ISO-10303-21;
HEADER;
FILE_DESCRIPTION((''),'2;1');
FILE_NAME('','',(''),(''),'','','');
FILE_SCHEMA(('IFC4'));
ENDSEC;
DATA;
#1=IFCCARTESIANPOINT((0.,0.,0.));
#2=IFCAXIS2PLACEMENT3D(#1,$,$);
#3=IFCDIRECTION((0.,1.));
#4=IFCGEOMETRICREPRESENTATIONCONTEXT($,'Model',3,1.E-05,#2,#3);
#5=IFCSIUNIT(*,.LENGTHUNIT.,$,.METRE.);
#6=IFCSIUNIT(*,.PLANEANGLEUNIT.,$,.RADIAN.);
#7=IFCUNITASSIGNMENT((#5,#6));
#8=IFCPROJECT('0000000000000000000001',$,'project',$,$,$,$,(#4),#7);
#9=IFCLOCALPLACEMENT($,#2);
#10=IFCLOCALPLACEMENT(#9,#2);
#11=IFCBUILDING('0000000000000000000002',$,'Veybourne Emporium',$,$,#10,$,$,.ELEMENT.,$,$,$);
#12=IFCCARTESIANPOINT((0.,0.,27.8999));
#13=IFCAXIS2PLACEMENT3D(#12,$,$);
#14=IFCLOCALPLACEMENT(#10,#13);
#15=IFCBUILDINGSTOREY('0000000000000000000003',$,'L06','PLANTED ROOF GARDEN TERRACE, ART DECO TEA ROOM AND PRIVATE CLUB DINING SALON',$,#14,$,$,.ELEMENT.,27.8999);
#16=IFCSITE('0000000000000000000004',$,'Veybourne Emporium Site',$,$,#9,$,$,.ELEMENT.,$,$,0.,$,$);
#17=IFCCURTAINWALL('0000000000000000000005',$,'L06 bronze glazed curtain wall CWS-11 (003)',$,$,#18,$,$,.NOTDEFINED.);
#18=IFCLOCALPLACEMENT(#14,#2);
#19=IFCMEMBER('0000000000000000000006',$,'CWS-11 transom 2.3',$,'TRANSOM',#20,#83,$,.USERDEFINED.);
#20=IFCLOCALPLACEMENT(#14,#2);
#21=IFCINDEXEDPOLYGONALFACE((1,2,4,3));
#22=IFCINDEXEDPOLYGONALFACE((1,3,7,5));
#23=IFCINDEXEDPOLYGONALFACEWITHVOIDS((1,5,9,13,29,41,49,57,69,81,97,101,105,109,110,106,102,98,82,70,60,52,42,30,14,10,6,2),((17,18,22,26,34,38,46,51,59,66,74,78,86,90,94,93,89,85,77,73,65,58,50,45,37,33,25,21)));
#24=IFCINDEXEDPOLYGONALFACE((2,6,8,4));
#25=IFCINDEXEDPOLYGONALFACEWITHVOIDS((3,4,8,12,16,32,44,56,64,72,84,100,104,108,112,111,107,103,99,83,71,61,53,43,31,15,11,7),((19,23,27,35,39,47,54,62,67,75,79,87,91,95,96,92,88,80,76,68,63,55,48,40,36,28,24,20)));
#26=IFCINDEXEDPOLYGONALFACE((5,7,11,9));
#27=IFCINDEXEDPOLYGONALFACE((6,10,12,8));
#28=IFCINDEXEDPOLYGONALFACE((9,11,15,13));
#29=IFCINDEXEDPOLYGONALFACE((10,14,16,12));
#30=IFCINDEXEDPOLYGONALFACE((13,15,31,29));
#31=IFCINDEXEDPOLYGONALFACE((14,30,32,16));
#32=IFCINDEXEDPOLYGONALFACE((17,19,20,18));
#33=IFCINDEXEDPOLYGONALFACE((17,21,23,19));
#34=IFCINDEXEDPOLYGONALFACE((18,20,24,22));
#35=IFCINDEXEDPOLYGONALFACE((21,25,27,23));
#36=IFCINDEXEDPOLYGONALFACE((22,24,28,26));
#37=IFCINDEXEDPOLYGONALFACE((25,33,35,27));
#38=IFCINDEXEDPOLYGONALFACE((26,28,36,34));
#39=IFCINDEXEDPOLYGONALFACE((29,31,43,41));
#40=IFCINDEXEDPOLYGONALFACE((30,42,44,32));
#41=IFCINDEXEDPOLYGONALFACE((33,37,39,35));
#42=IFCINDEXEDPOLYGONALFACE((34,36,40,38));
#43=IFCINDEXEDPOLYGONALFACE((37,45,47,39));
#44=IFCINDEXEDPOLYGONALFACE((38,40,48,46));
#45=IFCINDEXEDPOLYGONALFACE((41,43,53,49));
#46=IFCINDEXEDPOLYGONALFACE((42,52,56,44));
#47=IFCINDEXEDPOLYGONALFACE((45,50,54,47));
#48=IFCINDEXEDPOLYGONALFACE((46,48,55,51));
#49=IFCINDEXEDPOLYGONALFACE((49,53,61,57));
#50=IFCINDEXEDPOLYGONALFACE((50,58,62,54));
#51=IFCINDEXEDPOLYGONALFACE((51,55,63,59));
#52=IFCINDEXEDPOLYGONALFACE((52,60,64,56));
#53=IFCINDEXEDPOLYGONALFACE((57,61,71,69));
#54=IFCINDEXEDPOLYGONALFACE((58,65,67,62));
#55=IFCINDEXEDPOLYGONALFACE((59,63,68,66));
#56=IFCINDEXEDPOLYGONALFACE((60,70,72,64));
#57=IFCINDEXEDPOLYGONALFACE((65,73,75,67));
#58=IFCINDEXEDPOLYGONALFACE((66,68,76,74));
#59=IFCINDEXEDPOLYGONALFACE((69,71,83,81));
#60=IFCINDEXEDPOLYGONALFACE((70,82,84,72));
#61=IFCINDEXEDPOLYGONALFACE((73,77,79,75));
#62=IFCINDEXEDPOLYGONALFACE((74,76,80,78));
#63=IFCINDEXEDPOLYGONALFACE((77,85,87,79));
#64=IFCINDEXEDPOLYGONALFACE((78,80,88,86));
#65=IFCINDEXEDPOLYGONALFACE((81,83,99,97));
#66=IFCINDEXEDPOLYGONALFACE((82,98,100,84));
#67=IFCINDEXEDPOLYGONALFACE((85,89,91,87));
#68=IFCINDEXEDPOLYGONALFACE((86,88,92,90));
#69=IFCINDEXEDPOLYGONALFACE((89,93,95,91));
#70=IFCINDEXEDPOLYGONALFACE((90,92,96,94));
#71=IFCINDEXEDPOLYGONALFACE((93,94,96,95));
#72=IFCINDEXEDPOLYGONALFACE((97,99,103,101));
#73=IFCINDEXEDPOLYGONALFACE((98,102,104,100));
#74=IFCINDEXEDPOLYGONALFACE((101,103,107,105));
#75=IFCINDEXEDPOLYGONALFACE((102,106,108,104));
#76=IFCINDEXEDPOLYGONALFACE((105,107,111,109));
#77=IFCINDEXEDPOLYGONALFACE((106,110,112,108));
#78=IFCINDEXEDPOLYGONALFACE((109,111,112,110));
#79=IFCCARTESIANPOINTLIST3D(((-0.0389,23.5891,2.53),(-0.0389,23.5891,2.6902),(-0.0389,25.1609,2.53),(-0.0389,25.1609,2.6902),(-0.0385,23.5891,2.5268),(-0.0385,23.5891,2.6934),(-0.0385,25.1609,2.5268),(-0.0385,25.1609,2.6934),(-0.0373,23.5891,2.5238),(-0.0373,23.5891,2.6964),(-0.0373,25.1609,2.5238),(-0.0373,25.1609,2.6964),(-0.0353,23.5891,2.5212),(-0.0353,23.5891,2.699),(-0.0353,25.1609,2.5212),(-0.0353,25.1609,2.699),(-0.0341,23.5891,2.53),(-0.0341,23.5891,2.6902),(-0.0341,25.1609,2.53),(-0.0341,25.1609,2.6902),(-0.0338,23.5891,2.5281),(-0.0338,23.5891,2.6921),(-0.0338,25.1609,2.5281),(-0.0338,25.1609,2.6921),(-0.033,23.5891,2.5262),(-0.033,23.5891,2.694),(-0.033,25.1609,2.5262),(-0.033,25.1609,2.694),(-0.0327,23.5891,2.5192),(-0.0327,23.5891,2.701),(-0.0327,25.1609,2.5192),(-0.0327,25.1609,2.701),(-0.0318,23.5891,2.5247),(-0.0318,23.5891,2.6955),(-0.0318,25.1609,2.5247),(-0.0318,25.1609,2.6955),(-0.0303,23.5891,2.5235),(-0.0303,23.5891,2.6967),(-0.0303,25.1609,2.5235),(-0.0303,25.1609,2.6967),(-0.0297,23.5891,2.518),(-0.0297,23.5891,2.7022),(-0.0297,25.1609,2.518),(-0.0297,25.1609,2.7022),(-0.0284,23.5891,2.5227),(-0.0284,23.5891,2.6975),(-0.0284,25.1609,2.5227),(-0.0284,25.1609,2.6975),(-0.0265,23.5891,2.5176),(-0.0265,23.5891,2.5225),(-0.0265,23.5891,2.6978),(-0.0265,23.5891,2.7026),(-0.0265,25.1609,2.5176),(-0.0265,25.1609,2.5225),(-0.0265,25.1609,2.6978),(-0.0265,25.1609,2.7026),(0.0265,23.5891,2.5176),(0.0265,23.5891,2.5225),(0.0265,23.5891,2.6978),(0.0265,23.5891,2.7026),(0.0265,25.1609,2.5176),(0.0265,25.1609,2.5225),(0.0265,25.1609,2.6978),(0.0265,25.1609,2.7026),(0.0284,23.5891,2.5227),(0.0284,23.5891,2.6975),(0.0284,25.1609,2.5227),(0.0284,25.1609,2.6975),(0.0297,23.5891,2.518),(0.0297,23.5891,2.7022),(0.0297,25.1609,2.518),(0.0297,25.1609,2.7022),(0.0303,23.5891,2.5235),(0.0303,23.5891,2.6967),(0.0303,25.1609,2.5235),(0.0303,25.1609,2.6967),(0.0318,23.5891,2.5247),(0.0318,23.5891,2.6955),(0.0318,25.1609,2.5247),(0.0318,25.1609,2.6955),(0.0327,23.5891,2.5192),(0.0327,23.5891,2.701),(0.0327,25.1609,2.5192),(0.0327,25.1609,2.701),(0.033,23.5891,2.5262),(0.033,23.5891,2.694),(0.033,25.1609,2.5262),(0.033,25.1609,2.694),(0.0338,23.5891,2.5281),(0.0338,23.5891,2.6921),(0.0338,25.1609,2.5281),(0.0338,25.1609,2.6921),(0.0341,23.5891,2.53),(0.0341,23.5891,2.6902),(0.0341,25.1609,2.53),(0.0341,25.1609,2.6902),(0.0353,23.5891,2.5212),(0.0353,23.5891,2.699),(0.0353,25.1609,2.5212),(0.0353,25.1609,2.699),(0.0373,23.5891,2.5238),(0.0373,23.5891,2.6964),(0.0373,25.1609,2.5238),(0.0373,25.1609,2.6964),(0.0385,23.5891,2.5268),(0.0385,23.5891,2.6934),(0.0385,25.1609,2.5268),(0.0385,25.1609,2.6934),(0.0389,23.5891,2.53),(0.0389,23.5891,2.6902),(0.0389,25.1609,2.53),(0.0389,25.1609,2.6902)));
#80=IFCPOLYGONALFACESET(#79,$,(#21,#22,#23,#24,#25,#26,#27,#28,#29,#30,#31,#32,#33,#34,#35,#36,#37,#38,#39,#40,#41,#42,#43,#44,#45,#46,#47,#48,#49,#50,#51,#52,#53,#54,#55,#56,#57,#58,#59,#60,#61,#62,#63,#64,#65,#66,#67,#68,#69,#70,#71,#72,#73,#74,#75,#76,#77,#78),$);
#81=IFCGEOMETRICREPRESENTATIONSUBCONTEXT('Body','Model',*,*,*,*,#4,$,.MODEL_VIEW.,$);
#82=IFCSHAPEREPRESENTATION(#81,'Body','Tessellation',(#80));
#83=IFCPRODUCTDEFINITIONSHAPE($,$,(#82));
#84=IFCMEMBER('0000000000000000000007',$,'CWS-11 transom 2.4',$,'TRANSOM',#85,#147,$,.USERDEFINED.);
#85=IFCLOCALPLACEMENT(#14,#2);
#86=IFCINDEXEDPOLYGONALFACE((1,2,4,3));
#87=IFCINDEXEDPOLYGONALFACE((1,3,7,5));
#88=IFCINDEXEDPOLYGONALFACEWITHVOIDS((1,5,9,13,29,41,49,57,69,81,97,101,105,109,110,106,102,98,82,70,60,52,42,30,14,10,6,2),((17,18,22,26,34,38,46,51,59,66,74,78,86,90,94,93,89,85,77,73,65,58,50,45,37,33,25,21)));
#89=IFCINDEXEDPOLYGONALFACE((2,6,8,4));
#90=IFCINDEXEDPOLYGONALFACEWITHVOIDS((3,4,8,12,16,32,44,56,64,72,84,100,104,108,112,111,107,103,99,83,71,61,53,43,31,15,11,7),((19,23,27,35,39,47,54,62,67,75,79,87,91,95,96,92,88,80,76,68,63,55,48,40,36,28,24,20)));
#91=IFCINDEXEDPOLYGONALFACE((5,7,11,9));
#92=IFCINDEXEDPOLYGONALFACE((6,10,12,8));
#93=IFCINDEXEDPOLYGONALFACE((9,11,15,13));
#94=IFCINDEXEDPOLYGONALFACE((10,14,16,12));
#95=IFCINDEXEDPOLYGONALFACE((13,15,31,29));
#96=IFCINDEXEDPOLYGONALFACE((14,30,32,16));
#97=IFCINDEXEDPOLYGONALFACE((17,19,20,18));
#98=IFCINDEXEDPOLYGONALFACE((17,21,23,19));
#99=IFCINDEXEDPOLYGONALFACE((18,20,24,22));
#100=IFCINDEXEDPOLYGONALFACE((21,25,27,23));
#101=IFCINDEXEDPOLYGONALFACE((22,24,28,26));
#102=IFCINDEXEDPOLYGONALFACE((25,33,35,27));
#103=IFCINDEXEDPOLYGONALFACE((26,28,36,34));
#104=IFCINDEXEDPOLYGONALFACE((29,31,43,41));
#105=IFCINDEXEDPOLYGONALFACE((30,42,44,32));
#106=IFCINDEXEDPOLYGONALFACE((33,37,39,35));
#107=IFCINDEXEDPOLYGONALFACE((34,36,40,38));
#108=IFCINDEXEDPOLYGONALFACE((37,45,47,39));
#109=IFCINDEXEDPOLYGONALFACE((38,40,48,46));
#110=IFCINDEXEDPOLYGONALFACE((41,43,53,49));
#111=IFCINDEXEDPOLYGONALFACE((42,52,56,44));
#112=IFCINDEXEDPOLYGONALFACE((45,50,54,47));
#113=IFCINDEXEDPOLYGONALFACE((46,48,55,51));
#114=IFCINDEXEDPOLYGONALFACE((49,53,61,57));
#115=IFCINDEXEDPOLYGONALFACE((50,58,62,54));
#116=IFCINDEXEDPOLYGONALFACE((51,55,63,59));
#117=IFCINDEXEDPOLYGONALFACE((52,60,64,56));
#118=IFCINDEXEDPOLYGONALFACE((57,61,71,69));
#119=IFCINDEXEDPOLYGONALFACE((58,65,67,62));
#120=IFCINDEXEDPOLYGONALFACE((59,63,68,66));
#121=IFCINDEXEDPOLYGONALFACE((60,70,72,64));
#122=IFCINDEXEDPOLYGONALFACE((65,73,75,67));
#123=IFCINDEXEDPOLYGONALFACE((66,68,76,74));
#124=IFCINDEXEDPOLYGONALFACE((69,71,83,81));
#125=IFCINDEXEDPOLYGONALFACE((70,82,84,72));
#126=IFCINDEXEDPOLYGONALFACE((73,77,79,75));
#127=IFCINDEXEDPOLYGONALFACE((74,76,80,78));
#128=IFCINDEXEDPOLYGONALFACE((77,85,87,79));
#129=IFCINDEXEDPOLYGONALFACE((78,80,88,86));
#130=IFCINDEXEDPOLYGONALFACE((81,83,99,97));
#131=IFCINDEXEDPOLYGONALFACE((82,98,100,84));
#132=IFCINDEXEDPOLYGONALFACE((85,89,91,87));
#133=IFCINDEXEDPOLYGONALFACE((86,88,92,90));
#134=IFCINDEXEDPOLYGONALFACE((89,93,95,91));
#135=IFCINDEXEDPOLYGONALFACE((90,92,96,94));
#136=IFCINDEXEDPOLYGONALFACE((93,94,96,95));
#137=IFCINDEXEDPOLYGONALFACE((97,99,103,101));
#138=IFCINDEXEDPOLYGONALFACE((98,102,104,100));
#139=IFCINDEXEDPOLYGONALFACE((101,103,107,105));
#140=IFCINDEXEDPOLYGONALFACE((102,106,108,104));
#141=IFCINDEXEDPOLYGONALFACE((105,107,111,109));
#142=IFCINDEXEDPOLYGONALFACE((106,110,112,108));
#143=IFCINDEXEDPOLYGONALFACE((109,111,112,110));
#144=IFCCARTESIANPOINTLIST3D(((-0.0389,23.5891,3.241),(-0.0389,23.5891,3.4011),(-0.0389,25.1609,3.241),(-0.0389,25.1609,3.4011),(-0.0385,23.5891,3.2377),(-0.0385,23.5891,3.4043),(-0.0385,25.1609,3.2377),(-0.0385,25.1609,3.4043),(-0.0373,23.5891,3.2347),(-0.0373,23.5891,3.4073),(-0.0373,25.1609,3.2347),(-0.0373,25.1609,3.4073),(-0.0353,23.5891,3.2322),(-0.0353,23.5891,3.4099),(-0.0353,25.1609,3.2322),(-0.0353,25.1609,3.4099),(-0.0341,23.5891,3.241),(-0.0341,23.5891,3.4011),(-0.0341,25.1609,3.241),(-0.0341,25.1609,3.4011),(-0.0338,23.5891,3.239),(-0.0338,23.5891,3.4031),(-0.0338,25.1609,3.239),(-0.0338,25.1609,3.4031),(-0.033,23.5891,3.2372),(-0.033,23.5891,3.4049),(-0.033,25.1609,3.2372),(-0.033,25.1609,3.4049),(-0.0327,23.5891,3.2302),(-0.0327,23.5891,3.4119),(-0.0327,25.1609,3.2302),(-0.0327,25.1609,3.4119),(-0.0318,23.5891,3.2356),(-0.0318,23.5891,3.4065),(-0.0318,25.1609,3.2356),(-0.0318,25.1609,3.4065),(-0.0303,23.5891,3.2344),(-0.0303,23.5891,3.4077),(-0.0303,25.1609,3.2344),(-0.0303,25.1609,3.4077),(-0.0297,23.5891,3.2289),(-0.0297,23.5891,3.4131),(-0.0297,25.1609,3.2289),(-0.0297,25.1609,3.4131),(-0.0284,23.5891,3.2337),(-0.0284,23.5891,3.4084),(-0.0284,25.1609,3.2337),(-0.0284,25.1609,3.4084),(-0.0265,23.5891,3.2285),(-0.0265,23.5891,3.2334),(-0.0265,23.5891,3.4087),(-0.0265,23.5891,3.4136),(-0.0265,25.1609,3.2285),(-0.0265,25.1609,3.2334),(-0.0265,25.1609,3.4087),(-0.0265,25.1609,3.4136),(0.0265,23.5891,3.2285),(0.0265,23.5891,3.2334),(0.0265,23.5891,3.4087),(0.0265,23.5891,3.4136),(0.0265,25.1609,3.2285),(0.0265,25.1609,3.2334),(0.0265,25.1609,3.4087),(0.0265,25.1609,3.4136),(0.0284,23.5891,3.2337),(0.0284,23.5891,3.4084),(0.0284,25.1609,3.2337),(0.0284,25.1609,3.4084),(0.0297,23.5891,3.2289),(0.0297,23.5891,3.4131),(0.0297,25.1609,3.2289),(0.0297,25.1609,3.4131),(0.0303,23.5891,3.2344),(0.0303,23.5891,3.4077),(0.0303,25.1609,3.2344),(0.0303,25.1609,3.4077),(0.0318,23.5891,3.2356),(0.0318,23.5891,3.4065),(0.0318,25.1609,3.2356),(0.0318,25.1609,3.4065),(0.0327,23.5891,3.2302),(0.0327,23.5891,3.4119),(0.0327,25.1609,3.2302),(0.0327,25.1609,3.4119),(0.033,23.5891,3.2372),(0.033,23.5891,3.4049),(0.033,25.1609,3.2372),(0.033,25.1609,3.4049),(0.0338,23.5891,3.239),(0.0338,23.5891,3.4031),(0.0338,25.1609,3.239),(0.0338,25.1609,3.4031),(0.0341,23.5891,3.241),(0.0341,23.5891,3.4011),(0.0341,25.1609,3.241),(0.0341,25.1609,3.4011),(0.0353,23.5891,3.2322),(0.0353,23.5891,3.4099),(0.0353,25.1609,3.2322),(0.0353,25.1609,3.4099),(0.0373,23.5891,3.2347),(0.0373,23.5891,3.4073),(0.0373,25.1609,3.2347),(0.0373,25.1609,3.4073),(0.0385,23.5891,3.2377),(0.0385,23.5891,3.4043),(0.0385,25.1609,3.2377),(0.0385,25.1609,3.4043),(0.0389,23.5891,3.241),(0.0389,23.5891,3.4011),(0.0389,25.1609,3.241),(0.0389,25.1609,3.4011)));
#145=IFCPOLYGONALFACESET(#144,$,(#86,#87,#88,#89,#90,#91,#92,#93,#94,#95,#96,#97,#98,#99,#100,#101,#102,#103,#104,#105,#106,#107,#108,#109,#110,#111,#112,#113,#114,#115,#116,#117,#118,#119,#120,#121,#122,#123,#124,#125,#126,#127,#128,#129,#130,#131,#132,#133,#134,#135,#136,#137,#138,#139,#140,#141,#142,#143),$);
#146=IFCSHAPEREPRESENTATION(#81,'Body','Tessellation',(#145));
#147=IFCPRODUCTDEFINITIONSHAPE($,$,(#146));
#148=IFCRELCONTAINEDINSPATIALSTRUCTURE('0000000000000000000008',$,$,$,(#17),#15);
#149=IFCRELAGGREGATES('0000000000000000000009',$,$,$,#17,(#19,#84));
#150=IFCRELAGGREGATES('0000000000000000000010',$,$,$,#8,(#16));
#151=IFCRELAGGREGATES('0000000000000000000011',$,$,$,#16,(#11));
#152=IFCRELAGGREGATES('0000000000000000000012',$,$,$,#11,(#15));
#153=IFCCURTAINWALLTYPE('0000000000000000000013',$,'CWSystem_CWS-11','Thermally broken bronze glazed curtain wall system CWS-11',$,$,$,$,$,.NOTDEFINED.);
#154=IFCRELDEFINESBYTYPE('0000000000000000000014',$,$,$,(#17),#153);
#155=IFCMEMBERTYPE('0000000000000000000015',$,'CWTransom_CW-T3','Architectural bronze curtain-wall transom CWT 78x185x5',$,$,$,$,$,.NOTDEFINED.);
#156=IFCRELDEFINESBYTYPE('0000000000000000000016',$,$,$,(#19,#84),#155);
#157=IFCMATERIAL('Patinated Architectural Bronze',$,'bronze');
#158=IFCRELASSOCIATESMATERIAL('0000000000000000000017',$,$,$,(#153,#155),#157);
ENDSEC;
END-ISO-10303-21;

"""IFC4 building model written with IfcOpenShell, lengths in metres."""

from ifc_helpers import new_model, si_unit, direction, frame, origin, origin_2d, place, context, subcontext, project, spatial, hollow_rectangle, extrude, material, material_profile, profile_set, type_object, element, aggregate, save


model = new_model("IFC4")

# Units and contexts
model_context = context("Model", 3, precision=1e-05, world=origin(), true_north=direction((0.0, 1.0)))
body_context = subcontext(model_context, "Body", "Model", "MODEL_VIEW")
ifc_project = project(units=[si_unit("LENGTHUNIT", "METRE"), si_unit("PLANEANGLEUNIT", "RADIAN")], contexts=[model_context])

# Site, building, storey
site_placement = place(None, origin())
site = spatial("IfcSite", under=ifc_project, at=site_placement, Name="Veybourne Emporium Site", CompositionType="ELEMENT", RefElevation=0.0)
building_placement = place(site_placement, origin())
building = spatial("IfcBuilding", under=site, at=building_placement, Name="Veybourne Emporium", CompositionType="ELEMENT")
storey_placement = place(building_placement, frame((0.0, 0.0, 27.8999)))
storey = spatial("IfcBuildingStorey", under=building, at=storey_placement, Name="L06", Description="PLANTED ROOF GARDEN TERRACE, ART DECO TEA ROOM AND PRIVATE CLUB DINING SALON", CompositionType="ELEMENT", Elevation=27.8999)

# Curtain wall, members
ifc_material_1 = material(Name="Patinated Architectural Bronze", Category="bronze")
curtain_wall_type = type_object("IfcCurtainWallType", Name="CWSystem_CWS-11", Description="Thermally broken bronze glazed curtain wall system CWS-11", PredefinedType="NOTDEFINED", material=ifc_material_1)
curtain_wall_placement = place(storey_placement, origin())
curtain_wall = element("IfcCurtainWall", 1, at=curtain_wall_placement, inside=storey, type_object=curtain_wall_type, Name="L06 bronze glazed curtain wall CWS-11 (003)", PredefinedType="NOTDEFINED")
ifc_material_profile_1 = material_profile(ifc_material_1, hollow_rectangle(XDim=0.0779, YDim=0.1851, WallThickness=0.0049, InnerFilletRadius=0.0076, OuterFilletRadius=0.0125, at=origin_2d()), Name="CWT 78x185x5")
ifc_profile_set_1 = profile_set([ifc_material_profile_1], Name="Patinated Architectural Bronze")
member_type_1 = type_object("IfcMemberType", Name="CWTransom_CW-T3", Description="Architectural bronze curtain-wall transom CWT 78x185x5", PredefinedType="NOTDEFINED", material=ifc_profile_set_1)
member_1_placement = place(storey_placement, frame((0.0, 23.5891, 2.6101), z_axis=(0.0, 1.0, 0.0), x_axis=(-1.0, 0.0, 0.0)))
member_1 = element("IfcMember", 2, at=member_1_placement, type_object=member_type_1, Name="CWS-11 transom 2.3", ObjectType="TRANSOM", PredefinedType="USERDEFINED", context=body_context, shape_type="SweptSolid", body=[
    extrude(hollow_rectangle(XDim=0.0779, YDim=0.1851, WallThickness=0.0049, InnerFilletRadius=0.0076, OuterFilletRadius=0.0125, at=origin_2d()), origin(), (0.0, 0.0, 1.0), 1.5718),
])
member_2_placement = place(storey_placement, frame((0.0, 23.5891, 3.321), z_axis=(0.0, 1.0, 0.0), x_axis=(-1.0, 0.0, 0.0)))
member_2 = element("IfcMember", 3, at=member_2_placement, type_object=member_type_1, Name="CWS-11 transom 2.4", ObjectType="TRANSOM", PredefinedType="USERDEFINED", context=body_context, shape_type="SweptSolid", body=[
    extrude(hollow_rectangle(XDim=0.0779, YDim=0.1851, WallThickness=0.0049, InnerFilletRadius=0.0076, OuterFilletRadius=0.0125, at=origin_2d()), origin(), (0.0, 0.0, 1.0), 1.5718),
])
aggregate(curtain_wall, [member_1, member_2])

save(model, "model.ifc")
